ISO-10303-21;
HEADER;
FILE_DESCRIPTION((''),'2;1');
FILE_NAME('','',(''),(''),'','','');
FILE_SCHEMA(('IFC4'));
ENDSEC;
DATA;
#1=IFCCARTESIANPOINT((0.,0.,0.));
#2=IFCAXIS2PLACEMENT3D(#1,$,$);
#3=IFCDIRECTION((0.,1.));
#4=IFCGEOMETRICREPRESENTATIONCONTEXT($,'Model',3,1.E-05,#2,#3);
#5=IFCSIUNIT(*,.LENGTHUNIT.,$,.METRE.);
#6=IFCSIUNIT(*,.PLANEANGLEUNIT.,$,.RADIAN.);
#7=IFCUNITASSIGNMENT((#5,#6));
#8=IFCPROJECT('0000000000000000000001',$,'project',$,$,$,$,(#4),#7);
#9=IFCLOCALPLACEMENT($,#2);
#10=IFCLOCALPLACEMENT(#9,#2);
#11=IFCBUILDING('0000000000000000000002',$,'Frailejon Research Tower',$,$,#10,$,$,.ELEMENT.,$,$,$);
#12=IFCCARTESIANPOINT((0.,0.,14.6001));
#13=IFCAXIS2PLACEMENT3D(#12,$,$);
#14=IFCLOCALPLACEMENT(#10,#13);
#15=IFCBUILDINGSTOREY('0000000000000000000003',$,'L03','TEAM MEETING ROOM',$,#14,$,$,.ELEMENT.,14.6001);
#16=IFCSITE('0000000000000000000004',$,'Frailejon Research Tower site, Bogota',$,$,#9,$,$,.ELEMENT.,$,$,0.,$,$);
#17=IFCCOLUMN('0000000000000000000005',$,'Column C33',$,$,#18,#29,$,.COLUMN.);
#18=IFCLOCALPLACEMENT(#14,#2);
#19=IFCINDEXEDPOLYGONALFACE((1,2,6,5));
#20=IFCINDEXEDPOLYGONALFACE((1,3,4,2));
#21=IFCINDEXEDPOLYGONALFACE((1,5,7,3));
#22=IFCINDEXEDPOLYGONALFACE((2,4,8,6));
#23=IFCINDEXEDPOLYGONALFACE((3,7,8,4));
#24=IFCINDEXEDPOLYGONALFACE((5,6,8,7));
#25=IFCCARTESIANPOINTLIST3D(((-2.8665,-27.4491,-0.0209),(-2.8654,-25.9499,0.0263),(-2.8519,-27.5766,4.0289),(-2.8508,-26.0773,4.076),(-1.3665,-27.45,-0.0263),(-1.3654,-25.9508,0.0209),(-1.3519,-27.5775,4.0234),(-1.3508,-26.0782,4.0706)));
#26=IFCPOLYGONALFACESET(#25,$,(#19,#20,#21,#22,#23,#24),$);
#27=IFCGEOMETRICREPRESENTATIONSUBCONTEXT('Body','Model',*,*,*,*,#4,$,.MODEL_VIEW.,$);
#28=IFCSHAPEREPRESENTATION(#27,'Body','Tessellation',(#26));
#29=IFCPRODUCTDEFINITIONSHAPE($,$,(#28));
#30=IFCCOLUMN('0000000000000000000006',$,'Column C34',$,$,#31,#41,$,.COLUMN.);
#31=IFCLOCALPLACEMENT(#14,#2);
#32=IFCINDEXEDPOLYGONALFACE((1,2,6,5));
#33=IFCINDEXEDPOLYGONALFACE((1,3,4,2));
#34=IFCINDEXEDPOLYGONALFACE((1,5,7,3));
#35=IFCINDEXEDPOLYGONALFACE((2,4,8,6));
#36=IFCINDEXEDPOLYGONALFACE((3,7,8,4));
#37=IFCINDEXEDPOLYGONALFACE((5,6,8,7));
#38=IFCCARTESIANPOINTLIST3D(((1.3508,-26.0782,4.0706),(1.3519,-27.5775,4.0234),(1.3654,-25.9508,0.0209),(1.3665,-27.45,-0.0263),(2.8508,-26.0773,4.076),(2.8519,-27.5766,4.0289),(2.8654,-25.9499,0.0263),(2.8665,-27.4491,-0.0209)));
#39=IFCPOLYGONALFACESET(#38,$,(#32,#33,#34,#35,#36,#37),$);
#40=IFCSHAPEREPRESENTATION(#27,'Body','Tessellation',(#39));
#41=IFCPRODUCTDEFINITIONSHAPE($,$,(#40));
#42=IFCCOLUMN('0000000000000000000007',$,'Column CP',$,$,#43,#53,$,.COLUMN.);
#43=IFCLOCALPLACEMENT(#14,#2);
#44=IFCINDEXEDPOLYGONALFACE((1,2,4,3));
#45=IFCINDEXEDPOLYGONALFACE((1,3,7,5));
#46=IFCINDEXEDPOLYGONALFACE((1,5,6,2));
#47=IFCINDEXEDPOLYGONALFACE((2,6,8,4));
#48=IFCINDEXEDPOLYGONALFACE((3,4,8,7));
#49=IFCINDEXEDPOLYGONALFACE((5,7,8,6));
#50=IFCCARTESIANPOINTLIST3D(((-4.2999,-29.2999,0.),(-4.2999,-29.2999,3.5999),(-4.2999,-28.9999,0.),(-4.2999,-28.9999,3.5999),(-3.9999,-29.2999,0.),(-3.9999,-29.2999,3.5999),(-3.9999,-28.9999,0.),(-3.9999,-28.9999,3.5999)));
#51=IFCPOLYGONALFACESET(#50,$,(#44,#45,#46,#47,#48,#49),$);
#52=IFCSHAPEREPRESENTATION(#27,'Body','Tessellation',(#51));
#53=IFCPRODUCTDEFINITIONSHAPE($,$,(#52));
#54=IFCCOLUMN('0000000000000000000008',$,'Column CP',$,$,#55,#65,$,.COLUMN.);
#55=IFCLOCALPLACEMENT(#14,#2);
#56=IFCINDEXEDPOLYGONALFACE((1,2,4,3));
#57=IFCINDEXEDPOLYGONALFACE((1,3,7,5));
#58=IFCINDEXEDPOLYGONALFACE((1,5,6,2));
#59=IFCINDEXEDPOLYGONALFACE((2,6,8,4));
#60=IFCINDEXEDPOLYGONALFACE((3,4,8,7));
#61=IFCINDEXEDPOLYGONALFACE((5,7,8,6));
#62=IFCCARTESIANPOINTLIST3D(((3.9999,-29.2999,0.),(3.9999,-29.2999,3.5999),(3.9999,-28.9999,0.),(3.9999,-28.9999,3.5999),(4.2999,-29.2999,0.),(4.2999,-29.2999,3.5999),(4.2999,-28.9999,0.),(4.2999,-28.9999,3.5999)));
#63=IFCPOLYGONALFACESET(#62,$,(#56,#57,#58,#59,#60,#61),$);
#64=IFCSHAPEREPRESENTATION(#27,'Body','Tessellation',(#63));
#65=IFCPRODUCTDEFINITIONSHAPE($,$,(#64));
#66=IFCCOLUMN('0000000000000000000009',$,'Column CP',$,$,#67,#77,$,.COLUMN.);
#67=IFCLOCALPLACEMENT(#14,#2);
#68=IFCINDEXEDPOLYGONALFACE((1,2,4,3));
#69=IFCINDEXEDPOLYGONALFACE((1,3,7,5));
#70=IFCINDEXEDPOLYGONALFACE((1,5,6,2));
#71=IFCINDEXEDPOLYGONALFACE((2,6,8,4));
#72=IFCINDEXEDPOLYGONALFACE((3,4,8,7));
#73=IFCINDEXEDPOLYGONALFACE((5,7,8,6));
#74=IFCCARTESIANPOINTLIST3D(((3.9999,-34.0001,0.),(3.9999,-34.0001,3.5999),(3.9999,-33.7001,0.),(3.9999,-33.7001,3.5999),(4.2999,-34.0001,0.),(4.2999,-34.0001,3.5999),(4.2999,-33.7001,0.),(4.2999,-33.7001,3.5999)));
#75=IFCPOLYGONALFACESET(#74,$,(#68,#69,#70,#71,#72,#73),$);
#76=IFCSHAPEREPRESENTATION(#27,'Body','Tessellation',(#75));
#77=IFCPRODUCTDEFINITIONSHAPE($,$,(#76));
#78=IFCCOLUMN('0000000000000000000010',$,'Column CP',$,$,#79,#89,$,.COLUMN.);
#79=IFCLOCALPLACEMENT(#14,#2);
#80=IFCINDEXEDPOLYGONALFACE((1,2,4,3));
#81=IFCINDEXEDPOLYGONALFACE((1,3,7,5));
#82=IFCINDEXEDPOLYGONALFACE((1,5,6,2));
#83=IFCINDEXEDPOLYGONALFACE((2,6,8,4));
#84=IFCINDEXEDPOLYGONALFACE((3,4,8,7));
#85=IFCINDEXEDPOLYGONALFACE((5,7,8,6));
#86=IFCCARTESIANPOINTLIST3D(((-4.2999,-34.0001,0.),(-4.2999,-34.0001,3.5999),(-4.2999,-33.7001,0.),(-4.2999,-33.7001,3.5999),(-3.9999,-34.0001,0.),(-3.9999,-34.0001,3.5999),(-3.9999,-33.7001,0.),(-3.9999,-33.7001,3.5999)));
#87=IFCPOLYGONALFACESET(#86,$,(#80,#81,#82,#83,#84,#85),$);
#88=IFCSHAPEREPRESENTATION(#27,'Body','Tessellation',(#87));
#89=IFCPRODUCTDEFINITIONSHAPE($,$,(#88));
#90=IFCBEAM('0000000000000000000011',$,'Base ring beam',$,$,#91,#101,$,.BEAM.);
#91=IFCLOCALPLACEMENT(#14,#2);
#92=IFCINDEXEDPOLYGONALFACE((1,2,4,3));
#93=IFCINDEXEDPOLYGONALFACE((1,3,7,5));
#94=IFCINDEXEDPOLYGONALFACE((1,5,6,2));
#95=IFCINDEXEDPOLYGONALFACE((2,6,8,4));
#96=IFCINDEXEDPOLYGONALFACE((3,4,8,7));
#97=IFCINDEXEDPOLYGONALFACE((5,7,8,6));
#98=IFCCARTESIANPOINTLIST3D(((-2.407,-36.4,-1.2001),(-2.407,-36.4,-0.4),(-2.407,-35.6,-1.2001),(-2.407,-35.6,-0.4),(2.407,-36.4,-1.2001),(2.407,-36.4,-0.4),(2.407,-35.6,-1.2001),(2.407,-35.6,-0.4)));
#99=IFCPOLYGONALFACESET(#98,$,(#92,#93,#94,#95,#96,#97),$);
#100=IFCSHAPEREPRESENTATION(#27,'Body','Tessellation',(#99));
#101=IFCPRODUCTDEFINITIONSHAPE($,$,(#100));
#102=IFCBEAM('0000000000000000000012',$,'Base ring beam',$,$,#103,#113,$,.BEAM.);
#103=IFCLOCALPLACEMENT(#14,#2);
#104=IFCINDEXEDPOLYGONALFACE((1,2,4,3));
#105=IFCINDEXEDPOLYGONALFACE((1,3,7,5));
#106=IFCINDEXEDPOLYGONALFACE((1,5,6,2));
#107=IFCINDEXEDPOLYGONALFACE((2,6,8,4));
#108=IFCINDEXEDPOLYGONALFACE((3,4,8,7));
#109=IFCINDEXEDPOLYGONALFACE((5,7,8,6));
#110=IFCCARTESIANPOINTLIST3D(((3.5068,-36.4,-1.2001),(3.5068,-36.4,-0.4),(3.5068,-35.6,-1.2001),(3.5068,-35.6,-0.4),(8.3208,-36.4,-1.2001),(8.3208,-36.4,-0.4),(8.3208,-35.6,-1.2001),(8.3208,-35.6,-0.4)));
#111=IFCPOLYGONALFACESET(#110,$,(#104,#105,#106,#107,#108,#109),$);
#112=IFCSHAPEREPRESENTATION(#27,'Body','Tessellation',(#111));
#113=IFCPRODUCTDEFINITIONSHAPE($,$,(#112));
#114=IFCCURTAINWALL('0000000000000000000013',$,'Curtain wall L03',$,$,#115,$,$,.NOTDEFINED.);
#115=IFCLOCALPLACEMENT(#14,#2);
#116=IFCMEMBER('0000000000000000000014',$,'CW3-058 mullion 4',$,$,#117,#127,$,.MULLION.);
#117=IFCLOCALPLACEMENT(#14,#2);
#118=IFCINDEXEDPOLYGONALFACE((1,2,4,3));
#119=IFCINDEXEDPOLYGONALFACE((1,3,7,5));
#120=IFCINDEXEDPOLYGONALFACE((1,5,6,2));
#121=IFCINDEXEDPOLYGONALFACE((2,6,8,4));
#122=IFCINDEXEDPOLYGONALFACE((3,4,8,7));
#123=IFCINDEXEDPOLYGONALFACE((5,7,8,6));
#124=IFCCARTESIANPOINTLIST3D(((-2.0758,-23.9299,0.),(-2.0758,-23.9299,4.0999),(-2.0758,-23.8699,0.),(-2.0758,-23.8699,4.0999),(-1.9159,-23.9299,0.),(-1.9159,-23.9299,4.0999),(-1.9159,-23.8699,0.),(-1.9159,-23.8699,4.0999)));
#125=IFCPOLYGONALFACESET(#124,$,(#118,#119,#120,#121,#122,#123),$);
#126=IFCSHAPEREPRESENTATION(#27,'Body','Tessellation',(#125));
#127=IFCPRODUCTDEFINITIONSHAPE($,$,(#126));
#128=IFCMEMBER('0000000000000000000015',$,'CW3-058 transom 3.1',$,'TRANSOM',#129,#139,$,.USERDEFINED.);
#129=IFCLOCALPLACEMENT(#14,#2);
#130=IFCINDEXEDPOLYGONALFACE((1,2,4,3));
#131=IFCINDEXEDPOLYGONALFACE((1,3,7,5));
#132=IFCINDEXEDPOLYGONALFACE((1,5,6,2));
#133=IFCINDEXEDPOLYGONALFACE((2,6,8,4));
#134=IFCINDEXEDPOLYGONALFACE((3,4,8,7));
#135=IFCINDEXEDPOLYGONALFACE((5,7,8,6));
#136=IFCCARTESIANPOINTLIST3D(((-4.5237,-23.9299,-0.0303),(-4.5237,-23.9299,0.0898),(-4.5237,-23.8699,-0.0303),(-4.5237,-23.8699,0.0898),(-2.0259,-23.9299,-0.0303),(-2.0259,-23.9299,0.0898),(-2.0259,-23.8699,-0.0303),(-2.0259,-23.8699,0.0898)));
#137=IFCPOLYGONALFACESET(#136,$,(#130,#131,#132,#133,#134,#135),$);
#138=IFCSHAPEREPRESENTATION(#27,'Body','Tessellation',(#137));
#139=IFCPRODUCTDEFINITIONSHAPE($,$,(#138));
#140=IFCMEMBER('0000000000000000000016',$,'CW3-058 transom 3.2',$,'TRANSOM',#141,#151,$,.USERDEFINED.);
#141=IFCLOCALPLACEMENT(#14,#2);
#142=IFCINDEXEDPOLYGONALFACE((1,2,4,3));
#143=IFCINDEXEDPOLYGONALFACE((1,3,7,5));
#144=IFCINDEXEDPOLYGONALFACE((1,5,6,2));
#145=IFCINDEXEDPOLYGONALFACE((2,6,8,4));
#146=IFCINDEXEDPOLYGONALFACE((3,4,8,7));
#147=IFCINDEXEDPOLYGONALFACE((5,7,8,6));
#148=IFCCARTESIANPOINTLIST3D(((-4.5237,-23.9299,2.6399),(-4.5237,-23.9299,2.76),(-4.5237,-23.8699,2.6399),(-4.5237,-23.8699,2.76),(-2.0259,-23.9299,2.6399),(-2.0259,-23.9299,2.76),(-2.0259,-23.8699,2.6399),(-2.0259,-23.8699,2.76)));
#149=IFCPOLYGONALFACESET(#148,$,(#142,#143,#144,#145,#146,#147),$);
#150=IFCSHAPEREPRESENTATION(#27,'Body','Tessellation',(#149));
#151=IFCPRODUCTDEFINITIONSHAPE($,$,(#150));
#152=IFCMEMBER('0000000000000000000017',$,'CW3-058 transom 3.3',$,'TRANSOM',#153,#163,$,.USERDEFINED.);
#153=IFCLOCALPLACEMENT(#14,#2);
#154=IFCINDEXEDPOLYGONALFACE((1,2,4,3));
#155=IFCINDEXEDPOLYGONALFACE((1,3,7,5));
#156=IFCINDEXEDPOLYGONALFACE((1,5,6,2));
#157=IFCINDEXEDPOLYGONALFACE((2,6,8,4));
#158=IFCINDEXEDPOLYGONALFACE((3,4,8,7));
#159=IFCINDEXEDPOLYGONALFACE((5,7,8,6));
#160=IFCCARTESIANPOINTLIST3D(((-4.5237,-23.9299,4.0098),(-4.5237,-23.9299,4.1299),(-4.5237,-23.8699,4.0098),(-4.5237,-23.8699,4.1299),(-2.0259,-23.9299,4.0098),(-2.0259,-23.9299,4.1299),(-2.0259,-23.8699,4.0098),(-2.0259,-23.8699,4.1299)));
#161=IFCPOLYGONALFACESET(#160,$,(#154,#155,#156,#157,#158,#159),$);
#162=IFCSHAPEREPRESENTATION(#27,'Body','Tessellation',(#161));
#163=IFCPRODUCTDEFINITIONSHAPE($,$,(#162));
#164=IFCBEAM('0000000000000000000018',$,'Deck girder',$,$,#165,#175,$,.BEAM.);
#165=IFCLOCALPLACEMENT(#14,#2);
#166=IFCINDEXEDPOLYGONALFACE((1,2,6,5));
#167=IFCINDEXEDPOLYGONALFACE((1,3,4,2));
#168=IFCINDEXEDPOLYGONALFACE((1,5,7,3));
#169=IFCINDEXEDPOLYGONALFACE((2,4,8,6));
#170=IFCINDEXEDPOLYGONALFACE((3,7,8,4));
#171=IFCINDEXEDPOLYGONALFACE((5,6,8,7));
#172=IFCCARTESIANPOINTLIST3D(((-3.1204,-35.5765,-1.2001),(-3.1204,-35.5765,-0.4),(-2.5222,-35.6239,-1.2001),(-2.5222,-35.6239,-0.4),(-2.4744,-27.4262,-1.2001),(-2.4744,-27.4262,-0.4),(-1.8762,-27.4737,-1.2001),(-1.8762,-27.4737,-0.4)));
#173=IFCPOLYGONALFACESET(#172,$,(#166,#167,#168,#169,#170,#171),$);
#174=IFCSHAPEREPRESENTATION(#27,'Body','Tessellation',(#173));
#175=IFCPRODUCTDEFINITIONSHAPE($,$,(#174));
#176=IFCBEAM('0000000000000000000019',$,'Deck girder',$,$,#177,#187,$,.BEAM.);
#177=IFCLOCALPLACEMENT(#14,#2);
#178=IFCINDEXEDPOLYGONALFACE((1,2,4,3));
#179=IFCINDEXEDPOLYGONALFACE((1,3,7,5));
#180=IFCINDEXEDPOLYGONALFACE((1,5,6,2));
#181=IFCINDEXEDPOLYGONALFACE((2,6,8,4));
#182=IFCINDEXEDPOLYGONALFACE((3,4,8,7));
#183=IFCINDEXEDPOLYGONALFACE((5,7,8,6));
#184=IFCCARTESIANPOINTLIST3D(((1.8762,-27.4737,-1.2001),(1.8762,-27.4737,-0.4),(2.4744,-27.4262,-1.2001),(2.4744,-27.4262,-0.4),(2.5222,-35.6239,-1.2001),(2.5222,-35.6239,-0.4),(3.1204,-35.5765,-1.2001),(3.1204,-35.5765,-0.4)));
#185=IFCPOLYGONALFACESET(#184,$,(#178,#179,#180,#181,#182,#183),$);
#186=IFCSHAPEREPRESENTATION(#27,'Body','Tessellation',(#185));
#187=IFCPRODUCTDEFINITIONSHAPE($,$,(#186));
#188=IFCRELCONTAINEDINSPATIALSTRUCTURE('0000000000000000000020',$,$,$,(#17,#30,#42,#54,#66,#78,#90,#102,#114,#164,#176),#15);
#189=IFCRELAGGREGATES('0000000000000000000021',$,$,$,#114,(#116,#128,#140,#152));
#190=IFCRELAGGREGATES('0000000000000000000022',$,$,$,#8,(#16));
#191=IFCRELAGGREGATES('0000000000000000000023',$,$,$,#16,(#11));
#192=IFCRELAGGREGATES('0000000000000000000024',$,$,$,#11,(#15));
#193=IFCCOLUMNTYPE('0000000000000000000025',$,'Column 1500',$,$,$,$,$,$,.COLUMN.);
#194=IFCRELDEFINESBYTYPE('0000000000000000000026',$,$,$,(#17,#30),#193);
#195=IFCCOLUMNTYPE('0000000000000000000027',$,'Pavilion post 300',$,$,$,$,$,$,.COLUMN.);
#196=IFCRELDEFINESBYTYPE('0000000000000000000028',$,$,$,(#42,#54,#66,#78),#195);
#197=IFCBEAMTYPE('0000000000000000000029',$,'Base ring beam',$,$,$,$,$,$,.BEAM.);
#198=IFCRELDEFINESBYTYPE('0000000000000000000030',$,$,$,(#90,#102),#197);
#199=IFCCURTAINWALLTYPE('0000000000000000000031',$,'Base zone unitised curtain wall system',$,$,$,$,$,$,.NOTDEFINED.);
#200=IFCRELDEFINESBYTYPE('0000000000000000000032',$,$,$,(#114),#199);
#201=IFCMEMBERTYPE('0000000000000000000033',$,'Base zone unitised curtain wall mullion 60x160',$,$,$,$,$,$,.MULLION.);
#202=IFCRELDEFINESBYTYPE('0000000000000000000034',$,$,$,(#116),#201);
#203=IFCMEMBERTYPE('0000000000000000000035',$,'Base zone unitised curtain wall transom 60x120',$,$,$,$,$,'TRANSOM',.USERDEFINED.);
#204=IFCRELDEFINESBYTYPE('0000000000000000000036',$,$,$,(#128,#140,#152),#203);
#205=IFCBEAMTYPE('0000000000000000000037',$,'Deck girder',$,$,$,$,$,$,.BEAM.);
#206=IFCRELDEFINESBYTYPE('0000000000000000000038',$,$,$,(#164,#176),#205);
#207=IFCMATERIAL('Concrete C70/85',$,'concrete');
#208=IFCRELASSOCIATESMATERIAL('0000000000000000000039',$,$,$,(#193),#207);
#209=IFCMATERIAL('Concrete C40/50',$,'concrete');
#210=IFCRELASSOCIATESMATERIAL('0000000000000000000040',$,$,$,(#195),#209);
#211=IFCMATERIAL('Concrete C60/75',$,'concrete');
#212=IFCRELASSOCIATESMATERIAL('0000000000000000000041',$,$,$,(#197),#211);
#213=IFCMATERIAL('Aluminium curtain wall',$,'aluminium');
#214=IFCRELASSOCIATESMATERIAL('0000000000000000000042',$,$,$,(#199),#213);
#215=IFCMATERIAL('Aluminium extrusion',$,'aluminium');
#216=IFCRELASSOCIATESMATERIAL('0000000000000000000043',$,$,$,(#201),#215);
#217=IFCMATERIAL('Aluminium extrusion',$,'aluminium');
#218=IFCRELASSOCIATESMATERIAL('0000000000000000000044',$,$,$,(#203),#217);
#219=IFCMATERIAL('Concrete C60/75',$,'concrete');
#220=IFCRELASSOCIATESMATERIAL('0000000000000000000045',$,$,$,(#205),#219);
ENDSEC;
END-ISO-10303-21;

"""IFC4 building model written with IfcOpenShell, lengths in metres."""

from ifc_helpers import new_model, si_unit, direction, frame, origin, origin_2d, place, context, subcontext, project, spatial, rectangle, extrude, material, material_profile, profile_set, type_object, element, aggregate, save


model = new_model("IFC4")

# Units and contexts
model_context = context("Model", 3, precision=1e-05, world=origin(), true_north=direction((0.0, 1.0)))
body_context = subcontext(model_context, "Body", "Model", "MODEL_VIEW")
ifc_project = project(units=[si_unit("LENGTHUNIT", "METRE"), si_unit("PLANEANGLEUNIT", "RADIAN")], contexts=[model_context])

# Site, building, storey
site_placement = place(None, origin())
site = spatial("IfcSite", under=ifc_project, at=site_placement, Name="Frailejon Research Tower site, Bogota", CompositionType="ELEMENT", RefElevation=0.0)
building_placement = place(site_placement, origin())
building = spatial("IfcBuilding", under=site, at=building_placement, Name="Frailejon Research Tower", CompositionType="ELEMENT")
storey_placement = place(building_placement, frame((0.0, 0.0, 14.6001)))
storey = spatial("IfcBuildingStorey", under=building, at=storey_placement, Name="L03", Description="TEAM MEETING ROOM", CompositionType="ELEMENT", Elevation=14.6001)

# Columns
ifc_material_1 = material(Name="Concrete C70/85", Category="concrete")
ifc_material_profile_1 = material_profile(ifc_material_1, rectangle(XDim=1.5, YDim=1.5, at=origin_2d()), Name="Column 1500")
ifc_profile_set_1 = profile_set([ifc_material_profile_1], Name="Concrete C70/85")
column_type_1 = type_object("IfcColumnType", Name="Column 1500", PredefinedType="COLUMN", material=ifc_profile_set_1)
for number, where, z_axis, x_axis, name in (
    (1, (-2.116, -26.7, 0.0), (0.003615, -0.031453, 0.999499), (0.999993, -0.000624, -0.003637), "Column C33"),
    (2, (2.116, -26.7, 0.0), (-0.003615, -0.031453, 0.999499), (0.999993, 0.000624, 0.003637), "Column C34"),
):
    element("IfcColumn", number, at=place(storey_placement, frame(where, z_axis=z_axis, x_axis=x_axis)), inside=storey, type_object=column_type_1, Name=name, PredefinedType="COLUMN", context=body_context, shape_type="SweptSolid", body=[
        extrude(rectangle(XDim=1.5, YDim=1.5, at=origin_2d()), origin(), (0.0, 0.0, 1.0), 4.0518),
    ])
ifc_material_2 = material(Name="Concrete C40/50", Category="concrete")
ifc_material_profile_2 = material_profile(ifc_material_2, rectangle(XDim=0.3, YDim=0.3, at=origin_2d()), Name="Pavilion post 300")
ifc_profile_set_2 = profile_set([ifc_material_profile_2], Name="Concrete C40/50")
column_type_2 = type_object("IfcColumnType", Name="Pavilion post 300", PredefinedType="COLUMN", material=ifc_profile_set_2)
for number, where, z_axis, x_axis, name in (
    (3, (-4.1499, -29.1499, 0.0), (0.0, 0.0, 1.0), (1.0, 0.0, 0.0), "Column CP"),
    (4, (4.1499, -29.1499, 0.0), (0.0, 0.0, 1.0), (1.0, 0.0, 0.0), "Column CP"),
    (5, (4.1499, -33.8501, 0.0), (0.0, 0.0, 1.0), (1.0, 0.0, 0.0), "Column CP"),
    (6, (-4.1499, -33.8501, 0.0), (0.0, 0.0, 1.0), (1.0, 0.0, 0.0), "Column CP"),
):
    element("IfcColumn", number, at=place(storey_placement, frame(where, z_axis=z_axis, x_axis=x_axis)), inside=storey, type_object=column_type_2, Name=name, PredefinedType="COLUMN", context=body_context, shape_type="SweptSolid", body=[
        extrude(rectangle(XDim=0.3, YDim=0.3, at=origin_2d()), origin(), (0.0, 0.0, 1.0), 3.5999),
    ])

# Beams
ifc_material_3 = material(Name="Concrete C60/75", Category="concrete")
ifc_material_profile_3 = material_profile(ifc_material_3, rectangle(XDim=0.8, YDim=0.8, at=origin_2d()), Name="Base ring beam")
ifc_profile_set_3 = profile_set([ifc_material_profile_3], Name="Concrete C60/75")
beam_type_1 = type_object("IfcBeamType", Name="Base ring beam", PredefinedType="BEAM", material=ifc_profile_set_3)
for number, where, z_axis, x_axis, name in (
    (7, (-2.407, -36.0, -0.8), (1.0, 0.0, 0.0), (0.0, 1.0, 0.0), "Base ring beam"),
    (8, (3.5068, -36.0, -0.8), (1.0, 0.0, 0.0), (0.0, 1.0, 0.0), "Base ring beam"),
):
    element("IfcBeam", number, at=place(storey_placement, frame(where, z_axis=z_axis, x_axis=x_axis)), inside=storey, type_object=beam_type_1, Name=name, PredefinedType="BEAM", context=body_context, shape_type="SweptSolid", body=[
        extrude(rectangle(XDim=0.8, YDim=0.8, at=origin_2d()), origin(), (0.0, 0.0, 1.0), 4.814),
    ])

# Curtain wall, members
ifc_material_4 = material(Name="Aluminium curtain wall", Category="aluminium")
curtain_wall_type = type_object("IfcCurtainWallType", Name="Base zone unitised curtain wall system", PredefinedType="NOTDEFINED", material=ifc_material_4)
curtain_wall_placement = place(storey_placement, origin())
curtain_wall = element("IfcCurtainWall", 9, at=curtain_wall_placement, inside=storey, type_object=curtain_wall_type, Name="Curtain wall L03", PredefinedType="NOTDEFINED")
ifc_material_5 = material(Name="Aluminium extrusion", Category="aluminium")
ifc_material_profile_4 = material_profile(ifc_material_5, rectangle(XDim=0.0601, YDim=0.1599, at=origin_2d()), Name="Base zone unitised curtain wall mullion 60x160")
ifc_profile_set_4 = profile_set([ifc_material_profile_4], Name="Aluminium extrusion")
member_type_1 = type_object("IfcMemberType", Name="Base zone unitised curtain wall mullion 60x160", PredefinedType="MULLION", material=ifc_profile_set_4)
member_1_placement = place(storey_placement, frame((-1.9958, -23.8999, 0.0), z_axis=(0.0, 0.0, 1.0), x_axis=(0.0, 1.0, 0.0)))
member_1 = element("IfcMember", 10, at=member_1_placement, type_object=member_type_1, Name="CW3-058 mullion 4", PredefinedType="MULLION", context=body_context, shape_type="SweptSolid", body=[
    extrude(rectangle(XDim=0.0601, YDim=0.1599, at=origin_2d()), origin(), (0.0, 0.0, 1.0), 4.0999),
])
ifc_material_6 = material(Name="Aluminium extrusion", Category="aluminium")
ifc_material_profile_5 = material_profile(ifc_material_6, rectangle(XDim=0.0601, YDim=0.1201, at=origin_2d()), Name="Base zone unitised curtain wall transom 60x120")
ifc_profile_set_5 = profile_set([ifc_material_profile_5], Name="Aluminium extrusion")
member_type_2 = type_object("IfcMemberType", Name="Base zone unitised curtain wall transom 60x120", ElementType="TRANSOM", PredefinedType="USERDEFINED", material=ifc_profile_set_5)
member_2_placement = place(storey_placement, frame((-4.5237, -23.8999, 0.0298), z_axis=(1.0, 0.0, 0.0), x_axis=(0.0, 1.0, 0.0)))
member_2 = element("IfcMember", 11, at=member_2_placement, type_object=member_type_2, Name="CW3-058 transom 3.1", ObjectType="TRANSOM", PredefinedType="USERDEFINED", context=body_context, shape_type="SweptSolid", body=[
    extrude(rectangle(XDim=0.0601, YDim=0.1201, at=origin_2d()), origin(), (0.0, 0.0, 1.0), 2.4978),
])
member_3_placement = place(storey_placement, frame((-4.5237, -23.8999, 2.7), z_axis=(1.0, 0.0, 0.0), x_axis=(0.0, 1.0, 0.0)))
member_3 = element("IfcMember", 12, at=member_3_placement, type_object=member_type_2, Name="CW3-058 transom 3.2", ObjectType="TRANSOM", PredefinedType="USERDEFINED", context=body_context, shape_type="SweptSolid", body=[
    extrude(rectangle(XDim=0.0601, YDim=0.1201, at=origin_2d()), origin(), (0.0, 0.0, 1.0), 2.4978),
])
member_4_placement = place(storey_placement, frame((-4.5237, -23.8999, 4.0698), z_axis=(1.0, 0.0, 0.0), x_axis=(0.0, 1.0, 0.0)))
member_4 = element("IfcMember", 13, at=member_4_placement, type_object=member_type_2, Name="CW3-058 transom 3.3", ObjectType="TRANSOM", PredefinedType="USERDEFINED", context=body_context, shape_type="SweptSolid", body=[
    extrude(rectangle(XDim=0.0601, YDim=0.1201, at=origin_2d()), origin(), (0.0, 0.0, 1.0), 2.4978),
])

# Beams
ifc_material_7 = material(Name="Concrete C60/75", Category="concrete")
ifc_material_profile_6 = material_profile(ifc_material_7, rectangle(XDim=0.6001, YDim=0.8, at=origin_2d()), Name="Deck girder")
ifc_profile_set_6 = profile_set([ifc_material_profile_6], Name="Concrete C60/75")
beam_type_2 = type_object("IfcBeamType", Name="Deck girder", PredefinedType="BEAM", material=ifc_profile_set_6)
for number, where, z_axis, x_axis, name in (
    (14, (-2.1753, -27.45, -0.8), (-0.079014, -0.996873, 0.0), (0.996873, -0.079014, 0.0), "Deck girder"),
    (15, (2.1753, -27.45, -0.8), (0.079014, -0.996873, 0.0), (0.996873, 0.079014, 0.0), "Deck girder"),
):
    element("IfcBeam", number, at=place(storey_placement, frame(where, z_axis=z_axis, x_axis=x_axis)), inside=storey, type_object=beam_type_2, Name=name, PredefinedType="BEAM", context=body_context, shape_type="SweptSolid", body=[
        extrude(rectangle(XDim=0.6001, YDim=0.8, at=origin_2d()), origin(), (0.0, 0.0, 1.0), 8.1758),
    ])

aggregate(curtain_wall, [member_1, member_2, member_3, member_4])

save(model, "model.ifc")
